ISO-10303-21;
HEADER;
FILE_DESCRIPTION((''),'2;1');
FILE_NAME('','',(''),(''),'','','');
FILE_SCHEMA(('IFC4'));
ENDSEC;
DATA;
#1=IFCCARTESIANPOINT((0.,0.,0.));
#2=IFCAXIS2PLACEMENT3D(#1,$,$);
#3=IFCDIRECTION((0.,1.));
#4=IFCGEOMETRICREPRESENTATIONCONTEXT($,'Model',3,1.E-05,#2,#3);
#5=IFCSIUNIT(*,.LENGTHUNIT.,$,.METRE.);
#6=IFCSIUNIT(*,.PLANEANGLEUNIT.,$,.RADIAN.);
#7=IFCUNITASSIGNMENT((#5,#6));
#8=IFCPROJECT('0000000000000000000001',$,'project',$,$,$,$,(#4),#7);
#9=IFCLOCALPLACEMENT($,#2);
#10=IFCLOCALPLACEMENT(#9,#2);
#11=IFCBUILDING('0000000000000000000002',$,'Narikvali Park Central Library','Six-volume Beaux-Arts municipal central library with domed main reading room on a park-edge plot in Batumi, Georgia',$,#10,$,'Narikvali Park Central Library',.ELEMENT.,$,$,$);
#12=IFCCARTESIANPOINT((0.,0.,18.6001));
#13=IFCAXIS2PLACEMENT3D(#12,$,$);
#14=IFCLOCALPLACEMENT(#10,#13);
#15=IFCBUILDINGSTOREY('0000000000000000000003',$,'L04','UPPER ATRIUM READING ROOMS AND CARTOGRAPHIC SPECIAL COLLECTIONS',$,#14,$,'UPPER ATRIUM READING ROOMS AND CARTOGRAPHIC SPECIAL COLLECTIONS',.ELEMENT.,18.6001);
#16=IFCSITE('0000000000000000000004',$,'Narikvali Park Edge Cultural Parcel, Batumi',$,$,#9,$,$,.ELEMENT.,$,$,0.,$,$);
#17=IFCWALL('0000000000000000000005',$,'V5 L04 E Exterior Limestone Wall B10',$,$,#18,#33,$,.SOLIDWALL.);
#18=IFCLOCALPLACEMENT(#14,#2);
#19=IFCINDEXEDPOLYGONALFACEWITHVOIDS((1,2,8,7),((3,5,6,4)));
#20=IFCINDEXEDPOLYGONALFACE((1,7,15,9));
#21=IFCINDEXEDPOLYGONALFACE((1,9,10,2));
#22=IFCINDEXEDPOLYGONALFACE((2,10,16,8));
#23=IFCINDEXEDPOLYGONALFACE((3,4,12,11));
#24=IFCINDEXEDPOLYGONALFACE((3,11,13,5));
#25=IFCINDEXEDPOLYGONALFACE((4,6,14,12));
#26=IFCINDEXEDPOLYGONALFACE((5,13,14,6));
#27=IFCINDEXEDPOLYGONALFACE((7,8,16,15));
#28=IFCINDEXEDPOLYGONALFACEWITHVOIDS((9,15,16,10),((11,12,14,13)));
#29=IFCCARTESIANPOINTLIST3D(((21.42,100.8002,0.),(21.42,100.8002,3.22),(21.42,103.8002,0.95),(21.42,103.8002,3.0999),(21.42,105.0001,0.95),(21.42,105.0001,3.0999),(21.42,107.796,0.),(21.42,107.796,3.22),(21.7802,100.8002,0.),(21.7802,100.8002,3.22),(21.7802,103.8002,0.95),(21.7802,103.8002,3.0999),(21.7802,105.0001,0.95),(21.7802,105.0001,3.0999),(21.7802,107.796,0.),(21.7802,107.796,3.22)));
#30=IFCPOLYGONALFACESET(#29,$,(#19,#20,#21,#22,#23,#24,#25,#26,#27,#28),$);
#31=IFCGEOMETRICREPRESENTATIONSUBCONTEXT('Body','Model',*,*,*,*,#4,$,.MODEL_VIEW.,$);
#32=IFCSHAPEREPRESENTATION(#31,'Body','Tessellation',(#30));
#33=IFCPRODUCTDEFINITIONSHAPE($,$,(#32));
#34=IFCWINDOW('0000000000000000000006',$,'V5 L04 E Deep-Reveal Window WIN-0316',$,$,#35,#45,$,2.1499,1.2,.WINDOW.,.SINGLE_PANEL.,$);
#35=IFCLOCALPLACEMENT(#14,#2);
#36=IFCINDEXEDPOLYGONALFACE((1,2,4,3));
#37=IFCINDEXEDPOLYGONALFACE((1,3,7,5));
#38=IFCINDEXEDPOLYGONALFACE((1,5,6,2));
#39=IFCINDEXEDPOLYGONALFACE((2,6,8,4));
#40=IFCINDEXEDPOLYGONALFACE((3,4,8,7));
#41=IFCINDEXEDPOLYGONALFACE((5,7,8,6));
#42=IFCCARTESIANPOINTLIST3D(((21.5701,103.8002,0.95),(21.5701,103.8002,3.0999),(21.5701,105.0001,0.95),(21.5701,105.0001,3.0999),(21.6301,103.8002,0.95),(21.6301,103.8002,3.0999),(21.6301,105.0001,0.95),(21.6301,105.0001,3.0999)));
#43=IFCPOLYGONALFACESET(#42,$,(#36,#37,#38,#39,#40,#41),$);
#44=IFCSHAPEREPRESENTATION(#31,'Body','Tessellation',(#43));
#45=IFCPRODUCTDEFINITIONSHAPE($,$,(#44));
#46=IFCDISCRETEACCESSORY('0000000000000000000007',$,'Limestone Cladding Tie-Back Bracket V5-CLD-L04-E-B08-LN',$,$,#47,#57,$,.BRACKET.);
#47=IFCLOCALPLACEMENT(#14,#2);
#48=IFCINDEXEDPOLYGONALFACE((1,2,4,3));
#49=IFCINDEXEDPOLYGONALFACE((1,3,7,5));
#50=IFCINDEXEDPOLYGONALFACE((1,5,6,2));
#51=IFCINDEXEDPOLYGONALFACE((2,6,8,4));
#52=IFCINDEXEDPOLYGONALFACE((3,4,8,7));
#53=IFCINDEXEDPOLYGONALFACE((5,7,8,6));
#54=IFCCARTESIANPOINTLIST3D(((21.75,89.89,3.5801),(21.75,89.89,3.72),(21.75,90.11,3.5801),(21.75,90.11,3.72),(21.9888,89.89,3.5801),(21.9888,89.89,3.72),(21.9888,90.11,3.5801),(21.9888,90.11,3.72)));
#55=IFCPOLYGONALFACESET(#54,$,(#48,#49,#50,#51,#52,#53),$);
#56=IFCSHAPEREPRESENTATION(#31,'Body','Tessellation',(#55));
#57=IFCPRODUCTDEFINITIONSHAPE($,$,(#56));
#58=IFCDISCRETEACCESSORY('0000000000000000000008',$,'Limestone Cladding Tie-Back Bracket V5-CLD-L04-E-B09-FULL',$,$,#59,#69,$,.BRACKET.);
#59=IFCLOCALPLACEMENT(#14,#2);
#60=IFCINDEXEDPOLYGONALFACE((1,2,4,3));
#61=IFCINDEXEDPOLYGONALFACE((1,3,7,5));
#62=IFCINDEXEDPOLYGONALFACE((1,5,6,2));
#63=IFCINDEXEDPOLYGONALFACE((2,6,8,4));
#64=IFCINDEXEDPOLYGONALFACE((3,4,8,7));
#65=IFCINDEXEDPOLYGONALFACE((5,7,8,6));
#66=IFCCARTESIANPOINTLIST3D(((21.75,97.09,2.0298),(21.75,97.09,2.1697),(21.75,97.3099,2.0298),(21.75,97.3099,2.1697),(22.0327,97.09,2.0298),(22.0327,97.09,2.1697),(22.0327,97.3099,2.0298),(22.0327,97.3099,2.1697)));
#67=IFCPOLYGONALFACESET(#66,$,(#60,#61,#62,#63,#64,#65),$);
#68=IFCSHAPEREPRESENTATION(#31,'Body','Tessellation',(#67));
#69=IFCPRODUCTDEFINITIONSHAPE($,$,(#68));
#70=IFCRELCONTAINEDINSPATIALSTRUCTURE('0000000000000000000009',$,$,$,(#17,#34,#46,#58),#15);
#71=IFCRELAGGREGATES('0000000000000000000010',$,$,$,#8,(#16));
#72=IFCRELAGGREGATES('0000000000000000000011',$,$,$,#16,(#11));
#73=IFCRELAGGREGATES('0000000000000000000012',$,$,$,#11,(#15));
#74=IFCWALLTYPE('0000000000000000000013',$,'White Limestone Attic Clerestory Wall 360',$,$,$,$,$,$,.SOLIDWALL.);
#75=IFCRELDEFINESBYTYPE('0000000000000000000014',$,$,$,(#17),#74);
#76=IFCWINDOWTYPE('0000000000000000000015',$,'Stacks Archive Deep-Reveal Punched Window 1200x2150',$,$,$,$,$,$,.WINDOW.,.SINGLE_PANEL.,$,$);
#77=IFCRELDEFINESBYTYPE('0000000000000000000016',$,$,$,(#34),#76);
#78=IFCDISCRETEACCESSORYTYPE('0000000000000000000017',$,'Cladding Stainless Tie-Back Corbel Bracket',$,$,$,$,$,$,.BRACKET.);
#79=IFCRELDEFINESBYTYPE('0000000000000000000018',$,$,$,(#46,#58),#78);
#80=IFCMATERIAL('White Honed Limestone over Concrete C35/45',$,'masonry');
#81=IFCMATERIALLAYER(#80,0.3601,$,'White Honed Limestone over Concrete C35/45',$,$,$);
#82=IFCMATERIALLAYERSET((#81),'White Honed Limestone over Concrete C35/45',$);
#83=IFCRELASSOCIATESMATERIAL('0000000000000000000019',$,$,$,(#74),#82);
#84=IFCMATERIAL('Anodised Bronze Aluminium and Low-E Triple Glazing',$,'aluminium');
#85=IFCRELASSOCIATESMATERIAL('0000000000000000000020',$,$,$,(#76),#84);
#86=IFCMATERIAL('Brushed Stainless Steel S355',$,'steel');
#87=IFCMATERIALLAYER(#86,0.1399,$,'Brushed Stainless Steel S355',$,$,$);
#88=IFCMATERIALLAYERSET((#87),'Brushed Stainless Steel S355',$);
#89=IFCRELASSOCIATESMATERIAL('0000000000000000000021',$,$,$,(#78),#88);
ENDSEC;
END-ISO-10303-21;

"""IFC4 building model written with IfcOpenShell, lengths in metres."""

from ifc_helpers import new_model, si_unit, direction, frame, frame_2d, origin, origin_2d, place, context, subcontext, project, spatial, rectangle, extrude, material, layer, layer_set, type_object, element, fill, save


model = new_model("IFC4")

# Units and contexts
model_context = context("Model", 3, precision=1e-05, world=origin(), true_north=direction((0.0, 1.0)))
body_context = subcontext(model_context, "Body", "Model", "MODEL_VIEW")
ifc_project = project(units=[si_unit("LENGTHUNIT", "METRE"), si_unit("PLANEANGLEUNIT", "RADIAN")], contexts=[model_context])

# Site, building, storey
site_placement = place(None, origin())
site = spatial("IfcSite", under=ifc_project, at=site_placement, Name="Narikvali Park Edge Cultural Parcel, Batumi", CompositionType="ELEMENT", RefElevation=0.0)
building_placement = place(site_placement, origin())
building = spatial("IfcBuilding", under=site, at=building_placement, Name="Narikvali Park Central Library", Description="Six-volume Beaux-Arts municipal central library with domed main reading room on a park-edge plot in Batumi, Georgia", LongName="Narikvali Park Central Library", CompositionType="ELEMENT")
storey_placement = place(building_placement, frame((0.0, 0.0, 18.6001)))
storey = spatial("IfcBuildingStorey", under=building, at=storey_placement, Name="L04", Description="UPPER ATRIUM READING ROOMS AND CARTOGRAPHIC SPECIAL COLLECTIONS", LongName="UPPER ATRIUM READING ROOMS AND CARTOGRAPHIC SPECIAL COLLECTIONS", CompositionType="ELEMENT", Elevation=18.6001)

# Shared definitions
ifc_material_1 = material(Name="White Honed Limestone over Concrete C35/45", Category="masonry")
ifc_layer_1 = layer(ifc_material_1, 0.3601, Name="White Honed Limestone over Concrete C35/45")
ifc_layer_set_1 = layer_set([ifc_layer_1], Name="White Honed Limestone over Concrete C35/45")
wall_type_1 = type_object("IfcWallType", Name="White Limestone Attic Clerestory Wall 360", PredefinedType="SOLIDWALL", material=ifc_layer_set_1)

# Wall, opening, window
wall_1_placement = place(storey_placement, frame((21.6001, 100.8, 0.0), z_axis=(0.0, 0.0, 1.0), x_axis=(0.0, 1.0, 0.0)))
wall_1 = element("IfcWall", 1, at=wall_1_placement, inside=storey, type_object=wall_type_1, Name="V5 L04 E Exterior Limestone Wall B10", PredefinedType="SOLIDWALL", context=body_context, shape_type="SweptSolid", body=[
    extrude(rectangle(XDim=6.9958, YDim=0.3601, at=frame_2d((3.498, 0.0))), origin(), (0.0, 0.0, 1.0), 3.22),
])
opening_1_placement = place(wall_1_placement, frame((3.0, 0.0, 0.95)))
opening_1 = element("IfcOpeningElement", 2, at=opening_1_placement, cuts=wall_1, PredefinedType="OPENING", context=body_context, shape_type="SweptSolid", body=[
    extrude(rectangle(XDim=1.2, YDim=2.1499, at=frame_2d((0.6001, 1.075))), frame((0.0, 0.1919, 0.0), z_axis=(0.0, -1.0, 0.0), x_axis=(1.0, 0.0, 0.0)), (0.0, 0.0, 1.0), 0.384),
])
ifc_material_2 = material(Name="Anodised Bronze Aluminium and Low-E Triple Glazing", Category="aluminium")
window_type = type_object("IfcWindowType", Name="Stacks Archive Deep-Reveal Punched Window 1200x2150", PartitioningType="SINGLE_PANEL", PredefinedType="WINDOW", material=ifc_material_2)
window_placement = place(opening_1_placement, origin())
window = element("IfcWindow", 3, at=window_placement, inside=storey, type_object=window_type, Name="V5 L04 E Deep-Reveal Window WIN-0316", OverallHeight=2.1499, OverallWidth=1.2, PartitioningType="SINGLE_PANEL", PredefinedType="WINDOW", context=body_context, shape_type="SweptSolid", body=[
    extrude(rectangle(XDim=1.2, YDim=2.1499, at=frame_2d((0.6001, 1.075))), frame((0.0, 0.03, 0.0), z_axis=(0.0, -1.0, 0.0), x_axis=(1.0, 0.0, 0.0)), (0.0, 0.0, 1.0), 0.0601),
])
fill(opening_1, window)

# Discrete accessories
ifc_material_3 = material(Name="Brushed Stainless Steel S355", Category="steel")
ifc_layer_2 = layer(ifc_material_3, 0.1399, Name="Brushed Stainless Steel S355")
ifc_layer_set_2 = layer_set([ifc_layer_2], Name="Brushed Stainless Steel S355")
discrete_accessory_type = type_object("IfcDiscreteAccessoryType", Name="Cladding Stainless Tie-Back Corbel Bracket", PredefinedType="BRACKET", material=ifc_layer_set_2)
discrete_accessory_1_placement = place(storey_placement, frame((21.8694, 90.0, 3.5801), z_axis=(0.0, 0.0, 1.0), x_axis=(1.0, 0.0, 0.0)))
element("IfcDiscreteAccessory", 4, at=discrete_accessory_1_placement, inside=storey, type_object=discrete_accessory_type, Name="Limestone Cladding Tie-Back Bracket V5-CLD-L04-E-B08-LN", PredefinedType="BRACKET", context=body_context, shape_type="SweptSolid", body=[
    extrude(rectangle(XDim=0.2388, YDim=0.22, at=origin_2d()), origin(), (0.0, 0.0, 1.0), 0.1399),
])
discrete_accessory_2_placement = place(storey_placement, frame((21.8914, 97.2, 2.0298), z_axis=(0.0, 0.0, 1.0), x_axis=(1.0, 0.0, 0.0)))
element("IfcDiscreteAccessory", 5, at=discrete_accessory_2_placement, inside=storey, type_object=discrete_accessory_type, Name="Limestone Cladding Tie-Back Bracket V5-CLD-L04-E-B09-FULL", PredefinedType="BRACKET", context=body_context, shape_type="SweptSolid", body=[
    extrude(rectangle(XDim=0.2827, YDim=0.22, at=origin_2d()), origin(), (0.0, 0.0, 1.0), 0.1399),
])

save(model, "model.ifc")
